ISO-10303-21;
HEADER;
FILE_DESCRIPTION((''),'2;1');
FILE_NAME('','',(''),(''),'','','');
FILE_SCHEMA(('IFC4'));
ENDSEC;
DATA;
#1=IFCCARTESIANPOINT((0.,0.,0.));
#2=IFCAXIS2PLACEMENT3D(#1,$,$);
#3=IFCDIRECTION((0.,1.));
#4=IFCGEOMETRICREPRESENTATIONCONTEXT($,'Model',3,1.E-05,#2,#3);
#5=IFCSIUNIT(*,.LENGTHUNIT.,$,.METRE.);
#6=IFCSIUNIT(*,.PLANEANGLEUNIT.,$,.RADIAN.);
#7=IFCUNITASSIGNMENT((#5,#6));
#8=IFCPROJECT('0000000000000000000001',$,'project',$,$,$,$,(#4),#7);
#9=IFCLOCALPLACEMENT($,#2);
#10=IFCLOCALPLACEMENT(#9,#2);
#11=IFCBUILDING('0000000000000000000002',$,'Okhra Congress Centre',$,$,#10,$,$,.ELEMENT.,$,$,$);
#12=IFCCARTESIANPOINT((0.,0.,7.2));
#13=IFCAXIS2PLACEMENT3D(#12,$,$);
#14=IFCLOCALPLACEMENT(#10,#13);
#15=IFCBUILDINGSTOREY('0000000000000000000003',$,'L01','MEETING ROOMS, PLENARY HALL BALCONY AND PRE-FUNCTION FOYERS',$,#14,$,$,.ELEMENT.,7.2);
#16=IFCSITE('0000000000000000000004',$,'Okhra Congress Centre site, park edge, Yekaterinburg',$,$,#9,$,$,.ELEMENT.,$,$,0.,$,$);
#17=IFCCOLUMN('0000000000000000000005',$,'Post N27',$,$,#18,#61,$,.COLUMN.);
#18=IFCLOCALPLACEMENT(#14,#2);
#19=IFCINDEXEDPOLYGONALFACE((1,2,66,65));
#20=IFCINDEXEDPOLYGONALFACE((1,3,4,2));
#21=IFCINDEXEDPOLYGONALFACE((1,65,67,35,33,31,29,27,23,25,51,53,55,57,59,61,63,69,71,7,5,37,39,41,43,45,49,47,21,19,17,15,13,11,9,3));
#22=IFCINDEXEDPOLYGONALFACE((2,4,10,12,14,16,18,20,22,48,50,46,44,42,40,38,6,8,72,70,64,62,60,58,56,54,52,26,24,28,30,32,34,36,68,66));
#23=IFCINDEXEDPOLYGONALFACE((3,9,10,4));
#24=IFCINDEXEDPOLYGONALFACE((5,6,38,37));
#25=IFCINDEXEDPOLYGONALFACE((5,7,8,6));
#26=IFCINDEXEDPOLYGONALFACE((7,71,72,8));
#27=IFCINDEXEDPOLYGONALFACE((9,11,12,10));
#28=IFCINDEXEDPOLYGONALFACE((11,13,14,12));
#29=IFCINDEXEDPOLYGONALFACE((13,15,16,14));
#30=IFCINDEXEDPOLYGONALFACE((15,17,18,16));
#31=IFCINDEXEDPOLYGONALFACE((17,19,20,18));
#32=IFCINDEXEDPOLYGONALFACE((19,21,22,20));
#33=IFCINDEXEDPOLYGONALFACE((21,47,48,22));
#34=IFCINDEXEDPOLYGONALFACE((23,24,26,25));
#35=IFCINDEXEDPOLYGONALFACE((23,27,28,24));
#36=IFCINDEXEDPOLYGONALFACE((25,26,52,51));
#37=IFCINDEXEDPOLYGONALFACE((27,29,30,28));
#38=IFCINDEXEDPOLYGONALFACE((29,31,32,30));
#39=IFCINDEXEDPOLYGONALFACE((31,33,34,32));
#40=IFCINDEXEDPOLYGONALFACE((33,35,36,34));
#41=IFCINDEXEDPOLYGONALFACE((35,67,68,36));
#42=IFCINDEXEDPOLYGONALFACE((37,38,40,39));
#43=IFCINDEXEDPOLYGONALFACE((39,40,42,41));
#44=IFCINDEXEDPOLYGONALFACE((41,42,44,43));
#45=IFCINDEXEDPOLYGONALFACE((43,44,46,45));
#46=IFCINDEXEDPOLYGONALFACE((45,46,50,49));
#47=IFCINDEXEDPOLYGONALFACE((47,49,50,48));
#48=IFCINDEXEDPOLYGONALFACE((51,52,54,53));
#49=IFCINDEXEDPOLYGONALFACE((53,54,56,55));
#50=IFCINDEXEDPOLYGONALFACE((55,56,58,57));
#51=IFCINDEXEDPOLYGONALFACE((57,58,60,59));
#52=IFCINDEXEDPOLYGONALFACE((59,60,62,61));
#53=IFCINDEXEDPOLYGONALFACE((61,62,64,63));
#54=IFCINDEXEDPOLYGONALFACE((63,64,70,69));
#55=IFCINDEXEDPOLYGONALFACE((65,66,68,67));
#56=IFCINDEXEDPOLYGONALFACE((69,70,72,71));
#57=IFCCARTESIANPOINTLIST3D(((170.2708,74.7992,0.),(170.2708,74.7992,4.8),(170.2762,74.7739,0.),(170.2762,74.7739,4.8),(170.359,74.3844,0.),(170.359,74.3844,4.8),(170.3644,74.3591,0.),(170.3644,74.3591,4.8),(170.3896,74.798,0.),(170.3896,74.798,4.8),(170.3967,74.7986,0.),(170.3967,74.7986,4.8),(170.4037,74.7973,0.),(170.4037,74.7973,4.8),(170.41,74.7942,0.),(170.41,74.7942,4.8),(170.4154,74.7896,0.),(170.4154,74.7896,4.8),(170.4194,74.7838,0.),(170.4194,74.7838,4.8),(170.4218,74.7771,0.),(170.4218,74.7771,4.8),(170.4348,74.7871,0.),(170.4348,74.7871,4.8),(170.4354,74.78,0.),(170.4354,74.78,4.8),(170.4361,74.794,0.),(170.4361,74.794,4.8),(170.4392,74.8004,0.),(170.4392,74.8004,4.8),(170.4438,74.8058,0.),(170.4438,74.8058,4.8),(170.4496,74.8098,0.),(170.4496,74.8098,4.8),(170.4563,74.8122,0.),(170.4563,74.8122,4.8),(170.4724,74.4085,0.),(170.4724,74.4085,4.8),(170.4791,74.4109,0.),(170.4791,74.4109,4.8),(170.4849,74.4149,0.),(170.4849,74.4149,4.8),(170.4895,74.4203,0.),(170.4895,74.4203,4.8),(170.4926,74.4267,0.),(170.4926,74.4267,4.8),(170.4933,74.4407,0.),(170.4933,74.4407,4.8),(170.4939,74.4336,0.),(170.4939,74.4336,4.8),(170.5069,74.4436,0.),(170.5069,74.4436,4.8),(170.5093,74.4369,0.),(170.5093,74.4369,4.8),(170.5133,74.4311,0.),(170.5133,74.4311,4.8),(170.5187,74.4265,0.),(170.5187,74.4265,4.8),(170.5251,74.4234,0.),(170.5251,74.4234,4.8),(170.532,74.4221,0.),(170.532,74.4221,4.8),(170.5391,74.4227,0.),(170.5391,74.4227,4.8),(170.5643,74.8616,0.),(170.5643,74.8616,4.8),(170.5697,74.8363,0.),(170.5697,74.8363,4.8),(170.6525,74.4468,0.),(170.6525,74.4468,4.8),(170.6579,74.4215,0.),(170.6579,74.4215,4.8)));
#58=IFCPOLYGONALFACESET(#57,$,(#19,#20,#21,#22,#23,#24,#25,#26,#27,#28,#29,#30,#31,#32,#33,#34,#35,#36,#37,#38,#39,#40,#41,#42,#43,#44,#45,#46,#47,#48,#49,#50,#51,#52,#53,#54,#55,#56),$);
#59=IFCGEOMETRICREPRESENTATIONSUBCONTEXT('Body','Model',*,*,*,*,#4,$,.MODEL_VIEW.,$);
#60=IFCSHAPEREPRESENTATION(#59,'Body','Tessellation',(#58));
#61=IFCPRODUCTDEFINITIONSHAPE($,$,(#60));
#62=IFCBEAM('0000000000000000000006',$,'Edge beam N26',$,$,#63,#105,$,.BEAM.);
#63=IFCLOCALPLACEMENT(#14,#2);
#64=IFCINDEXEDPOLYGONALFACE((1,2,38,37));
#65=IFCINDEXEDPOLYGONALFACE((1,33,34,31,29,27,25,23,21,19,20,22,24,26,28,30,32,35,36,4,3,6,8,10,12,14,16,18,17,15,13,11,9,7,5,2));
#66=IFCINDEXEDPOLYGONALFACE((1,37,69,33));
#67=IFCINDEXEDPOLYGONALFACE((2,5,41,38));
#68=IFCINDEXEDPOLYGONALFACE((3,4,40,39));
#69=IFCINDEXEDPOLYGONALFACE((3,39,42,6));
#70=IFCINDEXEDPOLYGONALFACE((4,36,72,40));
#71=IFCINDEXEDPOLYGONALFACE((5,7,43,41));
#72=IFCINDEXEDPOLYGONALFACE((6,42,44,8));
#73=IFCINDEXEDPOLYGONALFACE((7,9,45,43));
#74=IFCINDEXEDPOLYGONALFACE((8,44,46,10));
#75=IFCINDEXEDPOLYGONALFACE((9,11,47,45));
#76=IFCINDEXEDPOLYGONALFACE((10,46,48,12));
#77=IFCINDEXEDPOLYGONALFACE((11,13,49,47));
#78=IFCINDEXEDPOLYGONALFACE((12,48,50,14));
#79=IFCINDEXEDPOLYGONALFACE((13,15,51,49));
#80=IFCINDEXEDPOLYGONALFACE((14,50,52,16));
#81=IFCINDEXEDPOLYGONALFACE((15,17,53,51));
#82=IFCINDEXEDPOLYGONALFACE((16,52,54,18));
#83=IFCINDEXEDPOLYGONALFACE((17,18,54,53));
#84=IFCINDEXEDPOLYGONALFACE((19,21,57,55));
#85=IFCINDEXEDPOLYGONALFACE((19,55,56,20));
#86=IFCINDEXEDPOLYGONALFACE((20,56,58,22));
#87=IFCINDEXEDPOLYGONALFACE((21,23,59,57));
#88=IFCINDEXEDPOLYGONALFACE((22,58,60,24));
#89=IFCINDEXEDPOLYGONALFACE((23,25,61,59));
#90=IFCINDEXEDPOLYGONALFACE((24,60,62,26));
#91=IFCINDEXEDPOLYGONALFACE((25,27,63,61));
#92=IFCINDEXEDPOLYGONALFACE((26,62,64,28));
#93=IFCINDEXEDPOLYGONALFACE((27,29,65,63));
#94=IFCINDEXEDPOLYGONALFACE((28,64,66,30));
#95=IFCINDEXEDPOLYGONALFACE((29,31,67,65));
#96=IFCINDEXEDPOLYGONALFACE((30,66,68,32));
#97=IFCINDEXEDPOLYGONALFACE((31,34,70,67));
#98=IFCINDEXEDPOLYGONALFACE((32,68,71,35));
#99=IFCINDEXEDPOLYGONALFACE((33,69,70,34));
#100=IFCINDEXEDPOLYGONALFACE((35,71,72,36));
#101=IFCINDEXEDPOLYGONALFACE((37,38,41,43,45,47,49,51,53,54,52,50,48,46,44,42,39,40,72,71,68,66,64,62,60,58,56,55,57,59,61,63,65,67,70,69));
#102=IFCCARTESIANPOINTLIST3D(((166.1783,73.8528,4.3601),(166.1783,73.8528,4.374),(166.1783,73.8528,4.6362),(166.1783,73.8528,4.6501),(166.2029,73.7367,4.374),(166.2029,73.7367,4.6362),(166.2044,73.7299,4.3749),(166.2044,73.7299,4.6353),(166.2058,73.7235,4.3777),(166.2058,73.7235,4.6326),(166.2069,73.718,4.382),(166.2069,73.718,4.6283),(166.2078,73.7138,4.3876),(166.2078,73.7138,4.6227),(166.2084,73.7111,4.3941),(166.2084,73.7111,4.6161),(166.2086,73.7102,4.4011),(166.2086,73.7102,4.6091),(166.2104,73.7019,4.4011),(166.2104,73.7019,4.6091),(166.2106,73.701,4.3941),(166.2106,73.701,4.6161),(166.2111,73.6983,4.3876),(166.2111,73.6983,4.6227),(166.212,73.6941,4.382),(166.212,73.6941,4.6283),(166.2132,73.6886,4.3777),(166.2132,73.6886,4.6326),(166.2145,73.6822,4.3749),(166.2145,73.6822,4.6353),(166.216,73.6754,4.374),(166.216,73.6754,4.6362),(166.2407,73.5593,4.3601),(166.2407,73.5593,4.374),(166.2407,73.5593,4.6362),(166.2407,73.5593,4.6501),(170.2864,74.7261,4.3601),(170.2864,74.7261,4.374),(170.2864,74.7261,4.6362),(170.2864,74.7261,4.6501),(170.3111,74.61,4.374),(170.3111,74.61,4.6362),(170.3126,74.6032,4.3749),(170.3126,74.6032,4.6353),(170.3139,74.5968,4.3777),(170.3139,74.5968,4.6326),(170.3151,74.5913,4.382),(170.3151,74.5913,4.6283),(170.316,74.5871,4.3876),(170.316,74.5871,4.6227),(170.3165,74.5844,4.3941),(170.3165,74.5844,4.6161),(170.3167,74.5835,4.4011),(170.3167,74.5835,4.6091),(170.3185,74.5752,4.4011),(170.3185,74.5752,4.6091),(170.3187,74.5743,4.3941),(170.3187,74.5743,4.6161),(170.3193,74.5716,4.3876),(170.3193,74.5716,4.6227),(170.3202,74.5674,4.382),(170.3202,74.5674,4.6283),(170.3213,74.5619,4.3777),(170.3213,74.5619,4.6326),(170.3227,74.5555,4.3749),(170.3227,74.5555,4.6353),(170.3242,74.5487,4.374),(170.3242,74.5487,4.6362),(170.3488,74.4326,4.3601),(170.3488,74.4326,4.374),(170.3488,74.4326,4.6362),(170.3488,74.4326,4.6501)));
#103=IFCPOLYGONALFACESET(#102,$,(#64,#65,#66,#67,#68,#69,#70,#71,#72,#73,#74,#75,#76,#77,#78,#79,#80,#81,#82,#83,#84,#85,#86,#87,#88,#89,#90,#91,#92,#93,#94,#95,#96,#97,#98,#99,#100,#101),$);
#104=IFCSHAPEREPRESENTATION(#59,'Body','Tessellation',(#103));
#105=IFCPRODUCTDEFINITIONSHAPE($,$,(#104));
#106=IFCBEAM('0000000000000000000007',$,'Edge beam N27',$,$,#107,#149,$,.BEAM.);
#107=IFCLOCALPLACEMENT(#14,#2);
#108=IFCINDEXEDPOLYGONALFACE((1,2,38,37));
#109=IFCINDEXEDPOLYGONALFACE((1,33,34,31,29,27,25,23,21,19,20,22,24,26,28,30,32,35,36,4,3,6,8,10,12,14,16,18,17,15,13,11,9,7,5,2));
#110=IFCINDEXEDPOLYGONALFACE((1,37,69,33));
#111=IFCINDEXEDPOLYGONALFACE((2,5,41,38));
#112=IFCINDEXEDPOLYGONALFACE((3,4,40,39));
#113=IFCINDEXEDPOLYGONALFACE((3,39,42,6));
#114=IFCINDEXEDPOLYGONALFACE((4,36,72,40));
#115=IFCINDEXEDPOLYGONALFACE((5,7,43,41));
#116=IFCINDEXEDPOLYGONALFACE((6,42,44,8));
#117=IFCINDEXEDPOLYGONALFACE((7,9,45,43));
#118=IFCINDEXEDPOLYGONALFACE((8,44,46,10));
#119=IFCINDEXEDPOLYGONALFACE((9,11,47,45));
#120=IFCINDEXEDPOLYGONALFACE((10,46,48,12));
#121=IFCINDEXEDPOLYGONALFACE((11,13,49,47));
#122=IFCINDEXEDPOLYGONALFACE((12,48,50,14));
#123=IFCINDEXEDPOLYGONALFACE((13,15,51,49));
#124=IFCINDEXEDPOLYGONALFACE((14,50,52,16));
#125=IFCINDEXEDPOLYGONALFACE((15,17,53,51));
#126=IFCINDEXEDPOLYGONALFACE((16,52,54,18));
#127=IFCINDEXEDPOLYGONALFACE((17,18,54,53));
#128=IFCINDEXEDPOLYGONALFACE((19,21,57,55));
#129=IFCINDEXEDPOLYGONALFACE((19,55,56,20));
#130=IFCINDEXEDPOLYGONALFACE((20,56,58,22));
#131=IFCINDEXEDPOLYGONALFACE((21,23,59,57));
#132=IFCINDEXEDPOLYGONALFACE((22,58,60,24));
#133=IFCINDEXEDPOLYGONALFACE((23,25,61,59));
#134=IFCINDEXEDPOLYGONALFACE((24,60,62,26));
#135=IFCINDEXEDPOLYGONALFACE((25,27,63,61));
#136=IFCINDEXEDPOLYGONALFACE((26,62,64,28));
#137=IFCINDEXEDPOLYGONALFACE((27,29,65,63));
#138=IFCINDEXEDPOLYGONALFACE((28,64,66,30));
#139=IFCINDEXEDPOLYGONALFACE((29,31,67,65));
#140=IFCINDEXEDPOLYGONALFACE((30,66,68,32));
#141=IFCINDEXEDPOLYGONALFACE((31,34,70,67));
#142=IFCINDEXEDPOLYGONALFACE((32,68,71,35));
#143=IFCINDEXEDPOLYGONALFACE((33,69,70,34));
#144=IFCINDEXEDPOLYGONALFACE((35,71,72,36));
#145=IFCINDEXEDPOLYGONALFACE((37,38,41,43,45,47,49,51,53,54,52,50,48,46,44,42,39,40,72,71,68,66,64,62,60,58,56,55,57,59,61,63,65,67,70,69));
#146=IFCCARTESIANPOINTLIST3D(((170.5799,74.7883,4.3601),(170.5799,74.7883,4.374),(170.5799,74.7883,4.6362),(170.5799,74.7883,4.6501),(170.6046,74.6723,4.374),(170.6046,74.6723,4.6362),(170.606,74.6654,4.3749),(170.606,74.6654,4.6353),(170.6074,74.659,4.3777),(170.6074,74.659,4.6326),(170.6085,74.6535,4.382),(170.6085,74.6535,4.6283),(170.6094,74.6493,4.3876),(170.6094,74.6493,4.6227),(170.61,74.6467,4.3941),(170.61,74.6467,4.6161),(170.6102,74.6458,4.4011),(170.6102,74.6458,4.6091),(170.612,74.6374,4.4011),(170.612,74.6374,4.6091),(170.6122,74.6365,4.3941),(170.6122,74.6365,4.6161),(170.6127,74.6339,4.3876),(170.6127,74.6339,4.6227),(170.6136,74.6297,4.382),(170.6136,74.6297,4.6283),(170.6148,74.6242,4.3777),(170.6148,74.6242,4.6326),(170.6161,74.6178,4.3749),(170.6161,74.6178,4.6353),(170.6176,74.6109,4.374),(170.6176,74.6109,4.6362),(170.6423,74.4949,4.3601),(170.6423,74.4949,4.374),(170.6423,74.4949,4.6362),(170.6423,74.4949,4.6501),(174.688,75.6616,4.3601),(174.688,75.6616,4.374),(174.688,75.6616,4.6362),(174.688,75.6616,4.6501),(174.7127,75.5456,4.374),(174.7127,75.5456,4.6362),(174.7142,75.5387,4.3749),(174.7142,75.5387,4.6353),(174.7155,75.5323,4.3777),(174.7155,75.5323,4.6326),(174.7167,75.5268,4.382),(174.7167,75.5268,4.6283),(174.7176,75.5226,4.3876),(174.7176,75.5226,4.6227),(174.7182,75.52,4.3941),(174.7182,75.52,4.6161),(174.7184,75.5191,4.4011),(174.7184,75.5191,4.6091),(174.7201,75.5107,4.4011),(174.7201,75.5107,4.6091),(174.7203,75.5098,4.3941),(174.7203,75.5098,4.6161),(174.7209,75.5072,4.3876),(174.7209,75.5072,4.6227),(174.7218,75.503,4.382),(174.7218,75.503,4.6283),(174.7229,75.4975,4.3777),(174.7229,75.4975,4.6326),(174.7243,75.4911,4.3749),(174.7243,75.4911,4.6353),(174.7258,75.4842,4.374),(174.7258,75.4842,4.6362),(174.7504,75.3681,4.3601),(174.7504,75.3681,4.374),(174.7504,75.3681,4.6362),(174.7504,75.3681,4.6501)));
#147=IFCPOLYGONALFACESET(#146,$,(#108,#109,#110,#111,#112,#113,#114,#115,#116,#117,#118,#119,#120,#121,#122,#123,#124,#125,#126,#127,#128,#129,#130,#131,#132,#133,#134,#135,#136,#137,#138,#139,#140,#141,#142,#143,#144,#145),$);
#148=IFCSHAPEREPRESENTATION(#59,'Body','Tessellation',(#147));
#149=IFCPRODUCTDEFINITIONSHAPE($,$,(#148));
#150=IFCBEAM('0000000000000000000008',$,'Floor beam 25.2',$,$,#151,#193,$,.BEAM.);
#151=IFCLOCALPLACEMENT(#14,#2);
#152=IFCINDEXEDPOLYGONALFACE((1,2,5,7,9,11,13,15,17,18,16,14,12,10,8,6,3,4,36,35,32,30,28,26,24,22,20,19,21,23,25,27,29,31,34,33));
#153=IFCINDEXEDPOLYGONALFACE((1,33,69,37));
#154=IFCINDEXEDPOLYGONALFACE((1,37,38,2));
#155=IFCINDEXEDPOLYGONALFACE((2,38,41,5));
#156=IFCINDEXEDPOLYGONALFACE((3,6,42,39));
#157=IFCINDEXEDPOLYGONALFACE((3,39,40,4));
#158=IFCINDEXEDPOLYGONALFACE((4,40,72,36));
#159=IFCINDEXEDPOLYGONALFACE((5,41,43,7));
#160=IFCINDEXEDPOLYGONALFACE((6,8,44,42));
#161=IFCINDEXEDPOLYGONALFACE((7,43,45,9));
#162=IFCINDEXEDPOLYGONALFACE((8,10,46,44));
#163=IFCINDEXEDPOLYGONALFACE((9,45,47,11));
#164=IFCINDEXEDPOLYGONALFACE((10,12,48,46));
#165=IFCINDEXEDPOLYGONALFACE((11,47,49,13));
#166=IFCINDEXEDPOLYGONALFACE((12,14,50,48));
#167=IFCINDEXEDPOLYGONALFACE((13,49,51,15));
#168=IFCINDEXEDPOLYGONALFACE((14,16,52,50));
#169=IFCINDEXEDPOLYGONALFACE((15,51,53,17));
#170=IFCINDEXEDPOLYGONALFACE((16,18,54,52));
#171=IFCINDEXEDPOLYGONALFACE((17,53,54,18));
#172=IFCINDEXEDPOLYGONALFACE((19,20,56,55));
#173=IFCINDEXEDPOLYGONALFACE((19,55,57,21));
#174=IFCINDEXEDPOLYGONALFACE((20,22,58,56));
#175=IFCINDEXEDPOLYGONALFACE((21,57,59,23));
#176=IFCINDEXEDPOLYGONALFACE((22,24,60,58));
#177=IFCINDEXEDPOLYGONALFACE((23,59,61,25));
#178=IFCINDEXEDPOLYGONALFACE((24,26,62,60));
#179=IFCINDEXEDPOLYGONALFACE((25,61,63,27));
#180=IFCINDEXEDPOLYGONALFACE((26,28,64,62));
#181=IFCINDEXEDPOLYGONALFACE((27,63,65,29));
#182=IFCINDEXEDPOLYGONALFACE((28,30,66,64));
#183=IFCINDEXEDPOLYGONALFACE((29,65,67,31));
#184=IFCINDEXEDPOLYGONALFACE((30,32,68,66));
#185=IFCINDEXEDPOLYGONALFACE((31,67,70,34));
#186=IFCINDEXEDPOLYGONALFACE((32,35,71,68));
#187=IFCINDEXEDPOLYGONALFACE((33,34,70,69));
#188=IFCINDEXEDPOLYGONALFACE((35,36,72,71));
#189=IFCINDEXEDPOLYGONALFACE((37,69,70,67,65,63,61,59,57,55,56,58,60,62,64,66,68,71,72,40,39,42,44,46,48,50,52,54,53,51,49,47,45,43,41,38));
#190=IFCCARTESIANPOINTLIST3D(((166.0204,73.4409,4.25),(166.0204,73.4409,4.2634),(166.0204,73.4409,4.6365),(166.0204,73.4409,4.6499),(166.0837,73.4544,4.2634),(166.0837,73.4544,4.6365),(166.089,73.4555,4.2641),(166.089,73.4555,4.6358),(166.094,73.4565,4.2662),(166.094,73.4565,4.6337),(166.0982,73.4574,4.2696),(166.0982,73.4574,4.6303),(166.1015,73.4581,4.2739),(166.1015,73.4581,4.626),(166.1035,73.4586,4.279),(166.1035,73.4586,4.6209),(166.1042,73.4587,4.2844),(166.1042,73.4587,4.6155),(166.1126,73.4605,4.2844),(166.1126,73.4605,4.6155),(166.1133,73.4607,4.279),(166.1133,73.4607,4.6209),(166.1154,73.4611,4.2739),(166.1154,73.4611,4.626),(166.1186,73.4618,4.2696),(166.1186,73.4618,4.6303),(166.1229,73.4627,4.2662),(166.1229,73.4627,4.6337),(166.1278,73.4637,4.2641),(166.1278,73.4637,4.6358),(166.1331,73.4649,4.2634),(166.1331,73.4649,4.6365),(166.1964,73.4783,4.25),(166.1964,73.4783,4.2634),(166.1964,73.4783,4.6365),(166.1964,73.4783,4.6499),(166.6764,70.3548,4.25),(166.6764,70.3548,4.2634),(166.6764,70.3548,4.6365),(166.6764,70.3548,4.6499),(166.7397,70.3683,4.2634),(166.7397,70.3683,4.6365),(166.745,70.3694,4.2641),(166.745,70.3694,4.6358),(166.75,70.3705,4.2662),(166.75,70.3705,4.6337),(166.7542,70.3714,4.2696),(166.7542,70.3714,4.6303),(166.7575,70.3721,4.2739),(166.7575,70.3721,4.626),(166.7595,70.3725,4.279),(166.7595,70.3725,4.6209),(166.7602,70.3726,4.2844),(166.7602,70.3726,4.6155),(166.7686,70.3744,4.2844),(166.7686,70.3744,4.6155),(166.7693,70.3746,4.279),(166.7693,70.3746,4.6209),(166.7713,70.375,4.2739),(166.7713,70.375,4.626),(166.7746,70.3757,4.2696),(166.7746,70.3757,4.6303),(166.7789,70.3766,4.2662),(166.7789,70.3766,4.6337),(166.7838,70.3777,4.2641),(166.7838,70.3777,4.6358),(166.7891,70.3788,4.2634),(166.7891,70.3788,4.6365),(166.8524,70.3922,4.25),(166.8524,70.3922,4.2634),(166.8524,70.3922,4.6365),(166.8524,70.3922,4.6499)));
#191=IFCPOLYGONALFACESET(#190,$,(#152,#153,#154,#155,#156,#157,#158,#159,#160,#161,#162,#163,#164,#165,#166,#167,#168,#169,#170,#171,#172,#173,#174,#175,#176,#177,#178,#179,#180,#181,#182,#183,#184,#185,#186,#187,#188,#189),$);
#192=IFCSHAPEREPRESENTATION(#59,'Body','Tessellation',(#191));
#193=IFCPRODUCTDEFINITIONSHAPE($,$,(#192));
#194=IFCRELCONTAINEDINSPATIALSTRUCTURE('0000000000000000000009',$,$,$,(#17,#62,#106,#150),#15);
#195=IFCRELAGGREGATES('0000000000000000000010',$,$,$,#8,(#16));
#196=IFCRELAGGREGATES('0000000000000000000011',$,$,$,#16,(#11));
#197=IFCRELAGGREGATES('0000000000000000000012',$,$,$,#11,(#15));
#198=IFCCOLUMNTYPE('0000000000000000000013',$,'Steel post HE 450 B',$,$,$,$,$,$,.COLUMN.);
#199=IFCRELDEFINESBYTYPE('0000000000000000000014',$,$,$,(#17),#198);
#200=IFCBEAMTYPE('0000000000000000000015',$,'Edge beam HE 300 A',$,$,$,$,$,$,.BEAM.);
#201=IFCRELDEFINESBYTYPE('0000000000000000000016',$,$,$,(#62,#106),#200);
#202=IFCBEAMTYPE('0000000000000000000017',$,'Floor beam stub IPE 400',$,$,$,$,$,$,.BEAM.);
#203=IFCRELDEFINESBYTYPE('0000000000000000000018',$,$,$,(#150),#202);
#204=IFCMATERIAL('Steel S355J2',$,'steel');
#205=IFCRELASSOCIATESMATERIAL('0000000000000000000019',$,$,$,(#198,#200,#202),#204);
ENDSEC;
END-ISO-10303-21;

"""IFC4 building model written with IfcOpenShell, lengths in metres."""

from ifc_helpers import new_model, si_unit, direction, frame, origin, origin_2d, place, context, subcontext, project, spatial, i_section, extrude, material, material_profile, profile_set, type_object, element, save


model = new_model("IFC4")

# Units and contexts
model_context = context("Model", 3, precision=1e-05, world=origin(), true_north=direction((0.0, 1.0)))
body_context = subcontext(model_context, "Body", "Model", "MODEL_VIEW")
ifc_project = project(units=[si_unit("LENGTHUNIT", "METRE"), si_unit("PLANEANGLEUNIT", "RADIAN")], contexts=[model_context])

# Site, building, storey
site_placement = place(None, origin())
site = spatial("IfcSite", under=ifc_project, at=site_placement, Name="Okhra Congress Centre site, park edge, Yekaterinburg", CompositionType="ELEMENT", RefElevation=0.0)
building_placement = place(site_placement, origin())
building = spatial("IfcBuilding", under=site, at=building_placement, Name="Okhra Congress Centre", CompositionType="ELEMENT")
storey_placement = place(building_placement, frame((0.0, 0.0, 7.2)))
storey = spatial("IfcBuildingStorey", under=building, at=storey_placement, Name="L01", Description="MEETING ROOMS, PLENARY HALL BALCONY AND PRE-FUNCTION FOYERS", CompositionType="ELEMENT", Elevation=7.2)

# Column
ifc_material_1 = material(Name="Steel S355J2", Category="steel")
ifc_material_profile_1 = material_profile(ifc_material_1, i_section(OverallWidth=0.3, OverallDepth=0.45, WebThickness=0.0139, FlangeThickness=0.0259, FilletRadius=0.0271, at=origin_2d()), Name="HE 450 B")
ifc_profile_set_1 = profile_set([ifc_material_profile_1], Name="Steel S355J2")
column_type = type_object("IfcColumnType", Name="Steel post HE 450 B", PredefinedType="COLUMN", material=ifc_profile_set_1)
column_placement = place(storey_placement, frame((170.4644, 74.6104, 0.0), z_axis=(0.0, 0.0, 1.0), x_axis=(0.978148, 0.207912, 0.0)))
element("IfcColumn", 1, at=column_placement, inside=storey, type_object=column_type, Name="Post N27", PredefinedType="COLUMN", context=body_context, shape_type="SweptSolid", body=[
    extrude(i_section(OverallWidth=0.3, OverallDepth=0.45, WebThickness=0.0139, FlangeThickness=0.0259, FilletRadius=0.0271, at=origin_2d()), origin(), (0.0, 0.0, 1.0), 4.8),
])

# Beams
ifc_material_profile_2 = material_profile(ifc_material_1, i_section(OverallWidth=0.3, OverallDepth=0.29, WebThickness=0.0085, FlangeThickness=0.0139, FilletRadius=0.0271, at=origin_2d()), Name="HE 300 A")
ifc_profile_set_2 = profile_set([ifc_material_profile_2], Name="Steel S355J2")
beam_type_1 = type_object("IfcBeamType", Name="Edge beam HE 300 A", PredefinedType="BEAM", material=ifc_profile_set_2)
for number, where, z_axis, x_axis, name in (
    (2, (166.2095, 73.7061, 4.5051), (0.978144, 0.207929, 0.0), (-0.207929, 0.978144, 0.0), "Edge beam N26"),
    (3, (170.6111, 74.6416, 4.5051), (0.978144, 0.207929, 0.0), (-0.207929, 0.978144, 0.0), "Edge beam N27"),
):
    element("IfcBeam", number, at=place(storey_placement, frame(where, z_axis=z_axis, x_axis=x_axis)), inside=storey, type_object=beam_type_1, Name=name, PredefinedType="BEAM", context=body_context, shape_type="SweptSolid", body=[
        extrude(i_section(OverallWidth=0.3, OverallDepth=0.29, WebThickness=0.0085, FlangeThickness=0.0139, FilletRadius=0.0271, at=origin_2d()), origin(), (0.0, 0.0, 1.0), 4.2),
    ])
ifc_material_profile_3 = material_profile(ifc_material_1, i_section(OverallWidth=0.1799, OverallDepth=0.3999, WebThickness=0.0085, FlangeThickness=0.0134, FilletRadius=0.021, at=origin_2d()), Name="IPE 400")
ifc_profile_set_3 = profile_set([ifc_material_profile_3], Name="Steel S355J2")
beam_type_2 = type_object("IfcBeamType", Name="Floor beam stub IPE 400", PredefinedType="BEAM", material=ifc_profile_set_3)
for number, where, z_axis, x_axis, name in (
    (4, (166.7644, 70.3735, 4.45), (-0.207917, 0.978146, 0.0), (-0.978146, -0.207917, 0.0), "Floor beam 25.2"),
):
    element("IfcBeam", number, at=place(storey_placement, frame(where, z_axis=z_axis, x_axis=x_axis)), inside=storey, type_object=beam_type_2, Name=name, PredefinedType="BEAM", context=body_context, shape_type="SweptSolid", body=[
        extrude(i_section(OverallWidth=0.1799, OverallDepth=0.3999, WebThickness=0.0085, FlangeThickness=0.0134, FilletRadius=0.021, at=origin_2d()), origin(), (0.0, 0.0, 1.0), 3.155),
    ])

save(model, "model.ifc")
